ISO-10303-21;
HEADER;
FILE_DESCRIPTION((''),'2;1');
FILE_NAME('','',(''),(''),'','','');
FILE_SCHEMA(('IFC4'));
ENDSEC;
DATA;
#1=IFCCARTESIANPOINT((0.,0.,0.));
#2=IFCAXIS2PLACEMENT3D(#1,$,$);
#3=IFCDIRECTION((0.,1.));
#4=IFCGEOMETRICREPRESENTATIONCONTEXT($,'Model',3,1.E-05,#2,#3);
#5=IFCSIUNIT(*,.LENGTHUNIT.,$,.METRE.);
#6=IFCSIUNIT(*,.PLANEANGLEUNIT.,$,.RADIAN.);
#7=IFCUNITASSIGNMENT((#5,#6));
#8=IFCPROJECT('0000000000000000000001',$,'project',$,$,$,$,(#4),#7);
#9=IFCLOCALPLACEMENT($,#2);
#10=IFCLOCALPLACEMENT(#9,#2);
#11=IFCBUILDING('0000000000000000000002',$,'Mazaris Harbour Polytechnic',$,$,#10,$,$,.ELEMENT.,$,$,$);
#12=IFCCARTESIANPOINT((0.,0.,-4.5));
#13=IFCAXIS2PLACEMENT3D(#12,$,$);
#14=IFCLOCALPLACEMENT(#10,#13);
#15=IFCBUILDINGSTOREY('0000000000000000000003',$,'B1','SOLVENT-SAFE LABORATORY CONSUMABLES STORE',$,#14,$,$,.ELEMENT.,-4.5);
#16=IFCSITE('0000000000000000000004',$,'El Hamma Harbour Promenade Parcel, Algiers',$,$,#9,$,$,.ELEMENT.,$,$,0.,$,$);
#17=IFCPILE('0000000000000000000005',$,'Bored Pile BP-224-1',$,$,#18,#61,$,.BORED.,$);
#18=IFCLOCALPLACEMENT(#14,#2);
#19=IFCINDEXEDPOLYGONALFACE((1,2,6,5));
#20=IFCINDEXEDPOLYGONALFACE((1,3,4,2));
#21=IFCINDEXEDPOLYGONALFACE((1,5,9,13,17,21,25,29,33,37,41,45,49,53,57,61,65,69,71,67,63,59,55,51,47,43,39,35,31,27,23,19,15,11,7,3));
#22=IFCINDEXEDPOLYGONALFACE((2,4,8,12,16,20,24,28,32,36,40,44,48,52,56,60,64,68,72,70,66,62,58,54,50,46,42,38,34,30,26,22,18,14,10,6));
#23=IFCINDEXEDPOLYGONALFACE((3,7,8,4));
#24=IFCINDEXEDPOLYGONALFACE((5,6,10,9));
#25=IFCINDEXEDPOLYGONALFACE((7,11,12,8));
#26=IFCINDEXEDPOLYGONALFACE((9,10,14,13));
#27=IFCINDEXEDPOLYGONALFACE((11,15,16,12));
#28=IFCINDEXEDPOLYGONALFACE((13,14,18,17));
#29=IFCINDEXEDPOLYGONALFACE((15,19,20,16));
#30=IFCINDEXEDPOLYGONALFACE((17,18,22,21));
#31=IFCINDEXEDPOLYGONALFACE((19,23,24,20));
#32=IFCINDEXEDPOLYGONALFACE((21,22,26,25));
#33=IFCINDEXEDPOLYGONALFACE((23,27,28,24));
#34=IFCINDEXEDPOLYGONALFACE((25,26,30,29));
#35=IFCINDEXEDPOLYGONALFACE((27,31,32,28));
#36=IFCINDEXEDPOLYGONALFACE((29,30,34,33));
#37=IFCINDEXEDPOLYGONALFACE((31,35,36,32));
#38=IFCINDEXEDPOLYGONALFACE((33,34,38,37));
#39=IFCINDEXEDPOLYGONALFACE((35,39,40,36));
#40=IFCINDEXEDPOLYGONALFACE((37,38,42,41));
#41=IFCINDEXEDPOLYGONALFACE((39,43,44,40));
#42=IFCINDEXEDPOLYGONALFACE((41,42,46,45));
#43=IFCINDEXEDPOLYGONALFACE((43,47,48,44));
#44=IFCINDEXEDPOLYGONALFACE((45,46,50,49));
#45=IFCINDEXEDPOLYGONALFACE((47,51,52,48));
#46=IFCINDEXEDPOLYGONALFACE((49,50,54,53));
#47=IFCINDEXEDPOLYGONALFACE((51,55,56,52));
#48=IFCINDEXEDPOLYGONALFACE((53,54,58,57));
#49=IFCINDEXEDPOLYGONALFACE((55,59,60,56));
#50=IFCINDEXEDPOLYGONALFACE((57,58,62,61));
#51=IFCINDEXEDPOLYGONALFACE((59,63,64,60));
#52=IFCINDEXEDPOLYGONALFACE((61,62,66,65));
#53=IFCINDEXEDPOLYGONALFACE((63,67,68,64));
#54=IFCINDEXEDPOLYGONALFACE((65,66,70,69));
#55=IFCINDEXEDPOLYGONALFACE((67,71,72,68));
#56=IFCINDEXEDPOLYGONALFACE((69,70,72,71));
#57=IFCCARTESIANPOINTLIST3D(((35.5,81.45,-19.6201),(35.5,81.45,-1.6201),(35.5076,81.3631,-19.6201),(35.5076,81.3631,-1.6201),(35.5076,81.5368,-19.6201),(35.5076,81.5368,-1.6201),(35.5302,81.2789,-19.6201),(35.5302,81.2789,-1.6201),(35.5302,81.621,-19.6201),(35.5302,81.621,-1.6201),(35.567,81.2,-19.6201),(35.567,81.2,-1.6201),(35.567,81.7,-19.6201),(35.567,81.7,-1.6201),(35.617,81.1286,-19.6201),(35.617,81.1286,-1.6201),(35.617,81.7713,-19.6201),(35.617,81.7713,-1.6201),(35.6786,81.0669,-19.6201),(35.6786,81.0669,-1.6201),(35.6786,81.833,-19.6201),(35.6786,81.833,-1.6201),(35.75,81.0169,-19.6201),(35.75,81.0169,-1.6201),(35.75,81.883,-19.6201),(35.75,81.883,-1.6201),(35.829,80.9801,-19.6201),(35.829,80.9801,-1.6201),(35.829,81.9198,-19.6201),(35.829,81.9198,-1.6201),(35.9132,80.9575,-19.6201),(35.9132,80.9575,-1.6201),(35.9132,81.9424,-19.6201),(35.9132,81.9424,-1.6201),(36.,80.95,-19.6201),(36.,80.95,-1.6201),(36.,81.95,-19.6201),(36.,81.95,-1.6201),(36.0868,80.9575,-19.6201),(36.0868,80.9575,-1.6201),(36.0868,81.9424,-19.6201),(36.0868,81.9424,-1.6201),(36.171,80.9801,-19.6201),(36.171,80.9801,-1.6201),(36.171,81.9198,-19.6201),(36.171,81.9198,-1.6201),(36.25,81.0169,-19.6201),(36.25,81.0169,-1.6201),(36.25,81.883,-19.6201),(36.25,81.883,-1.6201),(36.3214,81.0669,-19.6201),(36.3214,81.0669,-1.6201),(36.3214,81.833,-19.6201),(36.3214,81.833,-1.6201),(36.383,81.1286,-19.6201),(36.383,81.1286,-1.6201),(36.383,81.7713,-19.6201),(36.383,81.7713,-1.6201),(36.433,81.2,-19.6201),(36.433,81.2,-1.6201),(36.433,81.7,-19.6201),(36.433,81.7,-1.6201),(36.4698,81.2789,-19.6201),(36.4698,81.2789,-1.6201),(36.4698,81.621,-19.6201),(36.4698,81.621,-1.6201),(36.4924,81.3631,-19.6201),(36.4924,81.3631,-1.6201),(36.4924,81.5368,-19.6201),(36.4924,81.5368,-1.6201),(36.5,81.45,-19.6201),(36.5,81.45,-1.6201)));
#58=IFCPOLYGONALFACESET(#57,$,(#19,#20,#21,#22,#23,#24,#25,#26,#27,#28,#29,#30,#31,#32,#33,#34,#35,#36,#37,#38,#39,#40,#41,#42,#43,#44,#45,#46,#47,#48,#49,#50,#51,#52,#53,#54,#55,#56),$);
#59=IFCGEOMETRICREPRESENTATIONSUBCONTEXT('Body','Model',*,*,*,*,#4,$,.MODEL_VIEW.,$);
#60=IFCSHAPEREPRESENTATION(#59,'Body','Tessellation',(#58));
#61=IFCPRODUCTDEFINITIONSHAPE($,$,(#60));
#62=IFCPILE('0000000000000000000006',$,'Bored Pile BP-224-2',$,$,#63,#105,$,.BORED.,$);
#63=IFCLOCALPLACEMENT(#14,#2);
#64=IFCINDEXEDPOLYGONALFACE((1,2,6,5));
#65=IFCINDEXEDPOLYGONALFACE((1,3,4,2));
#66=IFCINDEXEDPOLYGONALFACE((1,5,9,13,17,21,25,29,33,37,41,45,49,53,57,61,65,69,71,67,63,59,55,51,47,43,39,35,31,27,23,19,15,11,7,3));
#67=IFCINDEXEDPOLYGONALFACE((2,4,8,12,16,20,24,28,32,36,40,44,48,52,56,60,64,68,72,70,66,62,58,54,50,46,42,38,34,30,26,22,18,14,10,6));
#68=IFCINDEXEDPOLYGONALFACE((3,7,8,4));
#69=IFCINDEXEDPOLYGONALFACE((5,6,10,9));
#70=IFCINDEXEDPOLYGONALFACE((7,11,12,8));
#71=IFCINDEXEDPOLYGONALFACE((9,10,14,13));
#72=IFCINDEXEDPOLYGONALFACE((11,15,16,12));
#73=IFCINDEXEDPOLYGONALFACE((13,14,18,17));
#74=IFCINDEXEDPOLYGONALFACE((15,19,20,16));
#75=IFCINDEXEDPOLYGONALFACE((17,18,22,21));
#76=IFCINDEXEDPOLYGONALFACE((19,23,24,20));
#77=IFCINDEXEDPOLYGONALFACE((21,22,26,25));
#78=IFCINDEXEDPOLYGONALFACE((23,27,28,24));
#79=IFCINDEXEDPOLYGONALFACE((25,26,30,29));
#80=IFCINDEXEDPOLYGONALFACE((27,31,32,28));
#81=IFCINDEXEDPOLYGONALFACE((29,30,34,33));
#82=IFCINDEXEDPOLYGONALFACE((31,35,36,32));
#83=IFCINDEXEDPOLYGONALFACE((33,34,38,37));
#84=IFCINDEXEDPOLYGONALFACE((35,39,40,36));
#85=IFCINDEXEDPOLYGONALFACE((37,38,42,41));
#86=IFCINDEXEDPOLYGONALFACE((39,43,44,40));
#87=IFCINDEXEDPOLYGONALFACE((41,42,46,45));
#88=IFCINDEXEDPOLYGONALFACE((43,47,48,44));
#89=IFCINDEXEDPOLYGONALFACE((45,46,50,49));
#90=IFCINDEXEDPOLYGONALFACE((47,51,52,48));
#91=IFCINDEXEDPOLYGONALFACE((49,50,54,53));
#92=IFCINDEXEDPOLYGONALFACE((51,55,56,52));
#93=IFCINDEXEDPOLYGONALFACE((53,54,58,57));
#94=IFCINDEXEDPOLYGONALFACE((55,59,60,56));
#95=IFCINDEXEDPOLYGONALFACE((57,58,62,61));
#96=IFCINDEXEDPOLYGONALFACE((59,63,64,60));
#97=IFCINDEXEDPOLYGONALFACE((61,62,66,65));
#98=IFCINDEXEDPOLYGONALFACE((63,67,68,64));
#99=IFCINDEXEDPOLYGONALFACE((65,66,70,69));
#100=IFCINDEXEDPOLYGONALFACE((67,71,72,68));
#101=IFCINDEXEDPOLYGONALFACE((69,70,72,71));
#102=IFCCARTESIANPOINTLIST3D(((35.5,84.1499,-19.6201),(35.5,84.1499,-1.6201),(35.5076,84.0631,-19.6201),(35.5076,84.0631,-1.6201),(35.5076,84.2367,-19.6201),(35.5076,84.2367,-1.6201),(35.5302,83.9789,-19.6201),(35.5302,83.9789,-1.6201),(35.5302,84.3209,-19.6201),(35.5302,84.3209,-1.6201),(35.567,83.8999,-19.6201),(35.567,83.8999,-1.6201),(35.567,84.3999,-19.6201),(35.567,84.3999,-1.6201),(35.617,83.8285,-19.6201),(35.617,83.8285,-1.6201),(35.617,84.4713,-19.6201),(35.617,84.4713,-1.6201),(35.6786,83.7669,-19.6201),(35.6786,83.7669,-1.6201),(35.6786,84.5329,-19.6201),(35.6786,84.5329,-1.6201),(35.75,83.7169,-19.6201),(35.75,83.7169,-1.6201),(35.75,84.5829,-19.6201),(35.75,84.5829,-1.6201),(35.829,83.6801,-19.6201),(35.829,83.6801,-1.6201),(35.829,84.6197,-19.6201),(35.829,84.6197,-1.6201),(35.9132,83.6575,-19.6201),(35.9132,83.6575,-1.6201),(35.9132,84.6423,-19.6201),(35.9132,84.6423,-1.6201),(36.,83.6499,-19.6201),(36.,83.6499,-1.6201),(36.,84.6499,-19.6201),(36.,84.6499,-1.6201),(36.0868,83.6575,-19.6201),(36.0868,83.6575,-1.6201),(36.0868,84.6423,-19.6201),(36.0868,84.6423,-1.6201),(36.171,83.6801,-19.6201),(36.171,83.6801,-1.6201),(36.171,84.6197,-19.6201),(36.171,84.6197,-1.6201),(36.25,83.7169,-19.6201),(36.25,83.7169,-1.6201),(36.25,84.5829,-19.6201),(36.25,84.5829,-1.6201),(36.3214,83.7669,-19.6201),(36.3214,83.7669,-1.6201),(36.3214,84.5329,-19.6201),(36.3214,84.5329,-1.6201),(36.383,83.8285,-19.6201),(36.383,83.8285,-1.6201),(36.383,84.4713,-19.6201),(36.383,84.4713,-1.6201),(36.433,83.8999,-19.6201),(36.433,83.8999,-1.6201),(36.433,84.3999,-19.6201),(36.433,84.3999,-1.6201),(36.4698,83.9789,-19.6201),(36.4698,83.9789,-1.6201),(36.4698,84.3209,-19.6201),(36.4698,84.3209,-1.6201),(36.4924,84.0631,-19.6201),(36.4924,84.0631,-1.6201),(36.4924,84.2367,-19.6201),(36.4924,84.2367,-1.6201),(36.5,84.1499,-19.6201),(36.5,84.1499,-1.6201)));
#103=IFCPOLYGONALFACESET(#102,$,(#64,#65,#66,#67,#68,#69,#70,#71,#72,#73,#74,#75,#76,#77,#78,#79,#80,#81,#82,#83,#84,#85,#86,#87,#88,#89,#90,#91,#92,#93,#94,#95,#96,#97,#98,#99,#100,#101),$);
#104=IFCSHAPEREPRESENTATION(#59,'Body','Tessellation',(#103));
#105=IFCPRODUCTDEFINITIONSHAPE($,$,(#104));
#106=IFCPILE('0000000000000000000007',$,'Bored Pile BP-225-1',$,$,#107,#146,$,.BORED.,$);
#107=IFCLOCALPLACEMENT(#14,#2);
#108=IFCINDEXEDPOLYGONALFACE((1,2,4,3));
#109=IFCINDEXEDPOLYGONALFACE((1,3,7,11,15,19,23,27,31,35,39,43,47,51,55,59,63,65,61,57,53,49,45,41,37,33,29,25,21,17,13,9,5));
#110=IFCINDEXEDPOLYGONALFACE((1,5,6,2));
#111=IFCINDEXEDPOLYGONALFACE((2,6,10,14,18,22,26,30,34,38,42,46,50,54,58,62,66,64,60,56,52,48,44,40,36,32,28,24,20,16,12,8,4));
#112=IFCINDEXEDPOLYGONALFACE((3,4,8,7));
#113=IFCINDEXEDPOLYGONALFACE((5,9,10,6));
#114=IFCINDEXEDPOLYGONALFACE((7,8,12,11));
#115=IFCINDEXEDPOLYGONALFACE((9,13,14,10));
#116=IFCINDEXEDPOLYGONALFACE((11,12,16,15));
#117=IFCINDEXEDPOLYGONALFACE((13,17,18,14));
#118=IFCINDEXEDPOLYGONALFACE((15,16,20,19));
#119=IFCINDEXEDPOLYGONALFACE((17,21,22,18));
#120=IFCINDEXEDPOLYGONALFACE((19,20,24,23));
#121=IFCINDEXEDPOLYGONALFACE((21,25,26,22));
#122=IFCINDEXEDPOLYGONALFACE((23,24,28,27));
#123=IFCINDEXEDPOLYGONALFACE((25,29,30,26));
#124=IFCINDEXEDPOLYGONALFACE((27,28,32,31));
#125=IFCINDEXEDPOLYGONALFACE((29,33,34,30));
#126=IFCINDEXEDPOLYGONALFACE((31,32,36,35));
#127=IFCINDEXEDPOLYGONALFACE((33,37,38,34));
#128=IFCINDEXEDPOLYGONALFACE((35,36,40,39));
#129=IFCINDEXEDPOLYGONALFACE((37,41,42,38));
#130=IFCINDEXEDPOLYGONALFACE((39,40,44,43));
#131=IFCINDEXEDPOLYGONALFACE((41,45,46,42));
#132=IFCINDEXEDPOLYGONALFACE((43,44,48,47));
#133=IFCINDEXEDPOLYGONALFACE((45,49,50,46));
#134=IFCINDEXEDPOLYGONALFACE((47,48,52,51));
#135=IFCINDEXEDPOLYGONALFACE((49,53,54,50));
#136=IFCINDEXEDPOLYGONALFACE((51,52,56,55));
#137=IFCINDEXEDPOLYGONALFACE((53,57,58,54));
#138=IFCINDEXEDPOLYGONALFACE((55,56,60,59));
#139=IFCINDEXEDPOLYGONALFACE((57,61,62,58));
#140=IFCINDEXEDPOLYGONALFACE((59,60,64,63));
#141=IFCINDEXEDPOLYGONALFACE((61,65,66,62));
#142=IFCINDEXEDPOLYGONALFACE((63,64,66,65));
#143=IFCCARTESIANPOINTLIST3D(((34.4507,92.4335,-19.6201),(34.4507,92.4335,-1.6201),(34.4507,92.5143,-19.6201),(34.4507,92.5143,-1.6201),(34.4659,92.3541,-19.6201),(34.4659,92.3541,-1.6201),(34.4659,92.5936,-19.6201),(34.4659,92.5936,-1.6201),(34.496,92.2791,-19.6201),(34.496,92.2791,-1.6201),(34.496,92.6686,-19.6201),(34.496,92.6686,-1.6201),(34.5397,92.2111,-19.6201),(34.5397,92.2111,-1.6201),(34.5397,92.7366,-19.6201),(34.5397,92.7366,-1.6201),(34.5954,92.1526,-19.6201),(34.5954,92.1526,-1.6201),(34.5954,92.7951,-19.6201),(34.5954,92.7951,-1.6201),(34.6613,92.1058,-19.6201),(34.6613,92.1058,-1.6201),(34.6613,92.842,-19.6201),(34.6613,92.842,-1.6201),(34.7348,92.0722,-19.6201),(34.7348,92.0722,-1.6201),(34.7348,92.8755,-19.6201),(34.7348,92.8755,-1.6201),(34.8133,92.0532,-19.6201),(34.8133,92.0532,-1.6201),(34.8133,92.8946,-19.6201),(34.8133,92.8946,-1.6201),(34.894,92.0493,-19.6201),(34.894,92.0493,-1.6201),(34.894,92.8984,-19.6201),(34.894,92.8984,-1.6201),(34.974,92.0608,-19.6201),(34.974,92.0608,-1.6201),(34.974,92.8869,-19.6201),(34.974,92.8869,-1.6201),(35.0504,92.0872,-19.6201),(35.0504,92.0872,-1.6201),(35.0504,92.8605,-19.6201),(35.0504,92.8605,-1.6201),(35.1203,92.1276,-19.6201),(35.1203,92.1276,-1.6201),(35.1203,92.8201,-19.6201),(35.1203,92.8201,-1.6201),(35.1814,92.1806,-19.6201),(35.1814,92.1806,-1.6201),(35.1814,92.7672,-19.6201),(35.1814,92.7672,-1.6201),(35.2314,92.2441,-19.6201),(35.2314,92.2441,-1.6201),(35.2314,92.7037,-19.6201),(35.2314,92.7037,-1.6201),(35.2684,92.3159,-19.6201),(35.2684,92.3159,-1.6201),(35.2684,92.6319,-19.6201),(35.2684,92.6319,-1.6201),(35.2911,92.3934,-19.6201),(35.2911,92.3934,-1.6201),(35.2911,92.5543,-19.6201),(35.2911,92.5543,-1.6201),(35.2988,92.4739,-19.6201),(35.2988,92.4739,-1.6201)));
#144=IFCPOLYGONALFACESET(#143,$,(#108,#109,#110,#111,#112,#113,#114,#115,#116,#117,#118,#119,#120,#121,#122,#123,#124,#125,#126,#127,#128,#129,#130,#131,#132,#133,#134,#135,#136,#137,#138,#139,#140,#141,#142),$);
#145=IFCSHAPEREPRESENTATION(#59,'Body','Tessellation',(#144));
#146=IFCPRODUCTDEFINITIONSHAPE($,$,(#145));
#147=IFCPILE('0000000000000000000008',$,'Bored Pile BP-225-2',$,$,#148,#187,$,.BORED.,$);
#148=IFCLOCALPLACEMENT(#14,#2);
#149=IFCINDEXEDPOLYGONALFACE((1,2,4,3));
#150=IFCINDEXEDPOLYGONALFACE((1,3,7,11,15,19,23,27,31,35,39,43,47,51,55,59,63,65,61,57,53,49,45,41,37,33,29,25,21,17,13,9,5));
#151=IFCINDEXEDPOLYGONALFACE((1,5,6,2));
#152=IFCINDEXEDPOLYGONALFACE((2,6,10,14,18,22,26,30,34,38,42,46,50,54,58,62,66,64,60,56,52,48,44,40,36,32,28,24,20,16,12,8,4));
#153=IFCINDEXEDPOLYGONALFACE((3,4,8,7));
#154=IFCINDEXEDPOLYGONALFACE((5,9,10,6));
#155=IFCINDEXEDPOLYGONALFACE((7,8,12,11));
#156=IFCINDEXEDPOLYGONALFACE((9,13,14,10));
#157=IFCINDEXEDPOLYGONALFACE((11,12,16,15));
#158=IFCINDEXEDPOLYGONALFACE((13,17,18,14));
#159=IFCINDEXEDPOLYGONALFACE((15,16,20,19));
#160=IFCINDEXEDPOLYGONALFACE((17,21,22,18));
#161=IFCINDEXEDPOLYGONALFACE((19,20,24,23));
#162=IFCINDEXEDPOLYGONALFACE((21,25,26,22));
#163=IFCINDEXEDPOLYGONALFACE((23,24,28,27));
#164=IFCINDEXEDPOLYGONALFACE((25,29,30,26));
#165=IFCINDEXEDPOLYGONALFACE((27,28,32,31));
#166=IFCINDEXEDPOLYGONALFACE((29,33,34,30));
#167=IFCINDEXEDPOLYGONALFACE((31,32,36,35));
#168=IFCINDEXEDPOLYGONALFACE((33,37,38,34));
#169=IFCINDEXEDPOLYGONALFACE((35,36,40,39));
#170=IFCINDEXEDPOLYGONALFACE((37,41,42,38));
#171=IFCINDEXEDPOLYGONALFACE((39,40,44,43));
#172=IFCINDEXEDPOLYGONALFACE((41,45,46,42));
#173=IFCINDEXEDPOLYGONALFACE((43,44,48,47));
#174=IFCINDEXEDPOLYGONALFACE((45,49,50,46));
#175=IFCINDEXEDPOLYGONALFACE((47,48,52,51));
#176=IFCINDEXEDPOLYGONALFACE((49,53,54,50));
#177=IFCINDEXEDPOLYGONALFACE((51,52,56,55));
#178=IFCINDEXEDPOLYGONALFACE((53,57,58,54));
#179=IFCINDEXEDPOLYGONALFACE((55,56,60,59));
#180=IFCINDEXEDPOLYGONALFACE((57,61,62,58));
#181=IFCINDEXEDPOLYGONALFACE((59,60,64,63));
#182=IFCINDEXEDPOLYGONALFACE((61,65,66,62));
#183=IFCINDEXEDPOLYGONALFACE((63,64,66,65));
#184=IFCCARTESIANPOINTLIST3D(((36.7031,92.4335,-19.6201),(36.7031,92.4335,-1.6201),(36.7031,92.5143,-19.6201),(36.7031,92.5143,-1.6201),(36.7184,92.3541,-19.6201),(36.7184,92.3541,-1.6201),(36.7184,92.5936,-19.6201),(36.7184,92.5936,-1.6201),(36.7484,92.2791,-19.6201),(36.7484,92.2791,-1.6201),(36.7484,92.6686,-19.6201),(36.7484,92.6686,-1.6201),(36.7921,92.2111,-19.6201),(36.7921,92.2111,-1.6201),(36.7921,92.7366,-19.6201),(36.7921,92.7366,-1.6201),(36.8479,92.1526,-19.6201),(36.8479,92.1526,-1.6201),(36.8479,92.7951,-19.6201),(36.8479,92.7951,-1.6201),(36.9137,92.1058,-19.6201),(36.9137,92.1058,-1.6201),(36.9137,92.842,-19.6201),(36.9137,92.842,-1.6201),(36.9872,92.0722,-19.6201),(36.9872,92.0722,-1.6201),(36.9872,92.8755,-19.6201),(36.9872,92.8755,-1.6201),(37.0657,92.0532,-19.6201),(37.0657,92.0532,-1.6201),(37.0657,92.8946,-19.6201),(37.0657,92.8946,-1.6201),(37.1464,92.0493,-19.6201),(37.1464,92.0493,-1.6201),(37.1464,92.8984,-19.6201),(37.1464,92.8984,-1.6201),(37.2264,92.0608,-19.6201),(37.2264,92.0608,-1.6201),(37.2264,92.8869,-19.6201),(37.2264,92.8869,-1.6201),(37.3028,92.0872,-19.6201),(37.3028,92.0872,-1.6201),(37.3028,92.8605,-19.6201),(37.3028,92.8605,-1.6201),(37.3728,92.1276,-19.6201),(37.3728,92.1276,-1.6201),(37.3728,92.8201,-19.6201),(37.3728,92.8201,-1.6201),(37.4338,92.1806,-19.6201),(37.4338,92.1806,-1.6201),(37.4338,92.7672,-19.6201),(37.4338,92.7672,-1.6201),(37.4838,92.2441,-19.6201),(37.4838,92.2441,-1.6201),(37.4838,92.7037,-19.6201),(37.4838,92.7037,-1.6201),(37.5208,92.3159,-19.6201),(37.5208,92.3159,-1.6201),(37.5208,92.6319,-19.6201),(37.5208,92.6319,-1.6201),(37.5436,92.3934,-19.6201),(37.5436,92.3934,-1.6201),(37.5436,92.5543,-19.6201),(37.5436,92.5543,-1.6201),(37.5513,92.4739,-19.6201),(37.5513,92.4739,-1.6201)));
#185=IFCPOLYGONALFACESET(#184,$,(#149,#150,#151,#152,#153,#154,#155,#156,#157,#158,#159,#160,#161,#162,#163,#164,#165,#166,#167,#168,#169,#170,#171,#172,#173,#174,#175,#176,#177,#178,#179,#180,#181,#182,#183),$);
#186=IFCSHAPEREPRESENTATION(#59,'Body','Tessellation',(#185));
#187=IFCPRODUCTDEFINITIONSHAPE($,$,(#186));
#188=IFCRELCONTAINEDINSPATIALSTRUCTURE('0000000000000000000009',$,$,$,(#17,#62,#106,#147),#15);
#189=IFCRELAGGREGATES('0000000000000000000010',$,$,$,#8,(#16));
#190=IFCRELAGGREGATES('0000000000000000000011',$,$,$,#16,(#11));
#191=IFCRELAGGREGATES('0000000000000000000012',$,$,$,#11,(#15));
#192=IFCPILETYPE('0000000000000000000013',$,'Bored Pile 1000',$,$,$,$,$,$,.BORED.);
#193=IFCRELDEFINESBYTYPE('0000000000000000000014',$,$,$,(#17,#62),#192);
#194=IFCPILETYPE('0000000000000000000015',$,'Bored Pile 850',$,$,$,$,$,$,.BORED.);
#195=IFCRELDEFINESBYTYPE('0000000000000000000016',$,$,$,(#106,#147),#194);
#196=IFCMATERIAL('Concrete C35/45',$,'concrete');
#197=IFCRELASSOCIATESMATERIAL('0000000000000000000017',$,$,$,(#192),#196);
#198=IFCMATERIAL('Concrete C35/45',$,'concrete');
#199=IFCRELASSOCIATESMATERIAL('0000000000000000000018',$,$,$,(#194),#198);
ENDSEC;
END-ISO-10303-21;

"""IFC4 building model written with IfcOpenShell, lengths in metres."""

from ifc_helpers import new_model, si_unit, direction, frame, origin, origin_2d, place, context, subcontext, project, spatial, circle, extrude, material, material_profile, profile_set, type_object, element, save


model = new_model("IFC4")

# Units and contexts
model_context = context("Model", 3, precision=1e-05, world=origin(), true_north=direction((0.0, 1.0)))
body_context = subcontext(model_context, "Body", "Model", "MODEL_VIEW")
ifc_project = project(units=[si_unit("LENGTHUNIT", "METRE"), si_unit("PLANEANGLEUNIT", "RADIAN")], contexts=[model_context])

# Site, building, storey
site_placement = place(None, origin())
site = spatial("IfcSite", under=ifc_project, at=site_placement, Name="El Hamma Harbour Promenade Parcel, Algiers", CompositionType="ELEMENT", RefElevation=0.0)
building_placement = place(site_placement, origin())
building = spatial("IfcBuilding", under=site, at=building_placement, Name="Mazaris Harbour Polytechnic", CompositionType="ELEMENT")
storey_placement = place(building_placement, frame((0.0, 0.0, -4.5)))
storey = spatial("IfcBuildingStorey", under=building, at=storey_placement, Name="B1", Description="SOLVENT-SAFE LABORATORY CONSUMABLES STORE", CompositionType="ELEMENT", Elevation=-4.5)

# Piles
ifc_material_1 = material(Name="Concrete C35/45", Category="concrete")
ifc_material_profile_1 = material_profile(ifc_material_1, circle(Radius=0.5, at=origin_2d()), Name="DIA1000")
ifc_profile_set_1 = profile_set([ifc_material_profile_1], Name="Concrete C35/45")
pile_type_1 = type_object("IfcPileType", Name="Bored Pile 1000", PredefinedType="BORED", material=ifc_profile_set_1)
for number, where, z_axis, x_axis, name in (
    (1, (36.0, 81.45, -1.6201), (0.0, 0.0, -1.0), (1.0, 0.0, 0.0), "Bored Pile BP-224-1"),
    (2, (36.0, 84.1499, -1.6201), (0.0, 0.0, -1.0), (1.0, 0.0, 0.0), "Bored Pile BP-224-2"),
):
    element("IfcPile", number, at=place(storey_placement, frame(where, z_axis=z_axis, x_axis=x_axis)), inside=storey, type_object=pile_type_1, Name=name, PredefinedType="BORED", context=body_context, shape_type="SweptSolid", body=[
        extrude(circle(Radius=0.5, at=origin_2d()), origin(), (0.0, 0.0, 1.0), 18.0),
    ])
ifc_material_2 = material(Name="Concrete C35/45", Category="concrete")
ifc_material_profile_2 = material_profile(ifc_material_2, circle(Radius=0.425, at=origin_2d()), Name="DIA850")
ifc_profile_set_2 = profile_set([ifc_material_profile_2], Name="Concrete C35/45")
pile_type_2 = type_object("IfcPileType", Name="Bored Pile 850", PredefinedType="BORED", material=ifc_profile_set_2)
for number, where, z_axis, x_axis, name in (
    (3, (34.8738, 92.4739, -1.6201), (0.0, 0.0, -1.0), (1.0, 0.0, 0.0), "Bored Pile BP-225-1"),
    (4, (37.1262, 92.4739, -1.6201), (0.0, 0.0, -1.0), (1.0, 0.0, 0.0), "Bored Pile BP-225-2"),
):
    element("IfcPile", number, at=place(storey_placement, frame(where, z_axis=z_axis, x_axis=x_axis)), inside=storey, type_object=pile_type_2, Name=name, PredefinedType="BORED", context=body_context, shape_type="SweptSolid", body=[
        extrude(circle(Radius=0.425, at=origin_2d()), origin(), (0.0, 0.0, 1.0), 18.0),
    ])

save(model, "model.ifc")
